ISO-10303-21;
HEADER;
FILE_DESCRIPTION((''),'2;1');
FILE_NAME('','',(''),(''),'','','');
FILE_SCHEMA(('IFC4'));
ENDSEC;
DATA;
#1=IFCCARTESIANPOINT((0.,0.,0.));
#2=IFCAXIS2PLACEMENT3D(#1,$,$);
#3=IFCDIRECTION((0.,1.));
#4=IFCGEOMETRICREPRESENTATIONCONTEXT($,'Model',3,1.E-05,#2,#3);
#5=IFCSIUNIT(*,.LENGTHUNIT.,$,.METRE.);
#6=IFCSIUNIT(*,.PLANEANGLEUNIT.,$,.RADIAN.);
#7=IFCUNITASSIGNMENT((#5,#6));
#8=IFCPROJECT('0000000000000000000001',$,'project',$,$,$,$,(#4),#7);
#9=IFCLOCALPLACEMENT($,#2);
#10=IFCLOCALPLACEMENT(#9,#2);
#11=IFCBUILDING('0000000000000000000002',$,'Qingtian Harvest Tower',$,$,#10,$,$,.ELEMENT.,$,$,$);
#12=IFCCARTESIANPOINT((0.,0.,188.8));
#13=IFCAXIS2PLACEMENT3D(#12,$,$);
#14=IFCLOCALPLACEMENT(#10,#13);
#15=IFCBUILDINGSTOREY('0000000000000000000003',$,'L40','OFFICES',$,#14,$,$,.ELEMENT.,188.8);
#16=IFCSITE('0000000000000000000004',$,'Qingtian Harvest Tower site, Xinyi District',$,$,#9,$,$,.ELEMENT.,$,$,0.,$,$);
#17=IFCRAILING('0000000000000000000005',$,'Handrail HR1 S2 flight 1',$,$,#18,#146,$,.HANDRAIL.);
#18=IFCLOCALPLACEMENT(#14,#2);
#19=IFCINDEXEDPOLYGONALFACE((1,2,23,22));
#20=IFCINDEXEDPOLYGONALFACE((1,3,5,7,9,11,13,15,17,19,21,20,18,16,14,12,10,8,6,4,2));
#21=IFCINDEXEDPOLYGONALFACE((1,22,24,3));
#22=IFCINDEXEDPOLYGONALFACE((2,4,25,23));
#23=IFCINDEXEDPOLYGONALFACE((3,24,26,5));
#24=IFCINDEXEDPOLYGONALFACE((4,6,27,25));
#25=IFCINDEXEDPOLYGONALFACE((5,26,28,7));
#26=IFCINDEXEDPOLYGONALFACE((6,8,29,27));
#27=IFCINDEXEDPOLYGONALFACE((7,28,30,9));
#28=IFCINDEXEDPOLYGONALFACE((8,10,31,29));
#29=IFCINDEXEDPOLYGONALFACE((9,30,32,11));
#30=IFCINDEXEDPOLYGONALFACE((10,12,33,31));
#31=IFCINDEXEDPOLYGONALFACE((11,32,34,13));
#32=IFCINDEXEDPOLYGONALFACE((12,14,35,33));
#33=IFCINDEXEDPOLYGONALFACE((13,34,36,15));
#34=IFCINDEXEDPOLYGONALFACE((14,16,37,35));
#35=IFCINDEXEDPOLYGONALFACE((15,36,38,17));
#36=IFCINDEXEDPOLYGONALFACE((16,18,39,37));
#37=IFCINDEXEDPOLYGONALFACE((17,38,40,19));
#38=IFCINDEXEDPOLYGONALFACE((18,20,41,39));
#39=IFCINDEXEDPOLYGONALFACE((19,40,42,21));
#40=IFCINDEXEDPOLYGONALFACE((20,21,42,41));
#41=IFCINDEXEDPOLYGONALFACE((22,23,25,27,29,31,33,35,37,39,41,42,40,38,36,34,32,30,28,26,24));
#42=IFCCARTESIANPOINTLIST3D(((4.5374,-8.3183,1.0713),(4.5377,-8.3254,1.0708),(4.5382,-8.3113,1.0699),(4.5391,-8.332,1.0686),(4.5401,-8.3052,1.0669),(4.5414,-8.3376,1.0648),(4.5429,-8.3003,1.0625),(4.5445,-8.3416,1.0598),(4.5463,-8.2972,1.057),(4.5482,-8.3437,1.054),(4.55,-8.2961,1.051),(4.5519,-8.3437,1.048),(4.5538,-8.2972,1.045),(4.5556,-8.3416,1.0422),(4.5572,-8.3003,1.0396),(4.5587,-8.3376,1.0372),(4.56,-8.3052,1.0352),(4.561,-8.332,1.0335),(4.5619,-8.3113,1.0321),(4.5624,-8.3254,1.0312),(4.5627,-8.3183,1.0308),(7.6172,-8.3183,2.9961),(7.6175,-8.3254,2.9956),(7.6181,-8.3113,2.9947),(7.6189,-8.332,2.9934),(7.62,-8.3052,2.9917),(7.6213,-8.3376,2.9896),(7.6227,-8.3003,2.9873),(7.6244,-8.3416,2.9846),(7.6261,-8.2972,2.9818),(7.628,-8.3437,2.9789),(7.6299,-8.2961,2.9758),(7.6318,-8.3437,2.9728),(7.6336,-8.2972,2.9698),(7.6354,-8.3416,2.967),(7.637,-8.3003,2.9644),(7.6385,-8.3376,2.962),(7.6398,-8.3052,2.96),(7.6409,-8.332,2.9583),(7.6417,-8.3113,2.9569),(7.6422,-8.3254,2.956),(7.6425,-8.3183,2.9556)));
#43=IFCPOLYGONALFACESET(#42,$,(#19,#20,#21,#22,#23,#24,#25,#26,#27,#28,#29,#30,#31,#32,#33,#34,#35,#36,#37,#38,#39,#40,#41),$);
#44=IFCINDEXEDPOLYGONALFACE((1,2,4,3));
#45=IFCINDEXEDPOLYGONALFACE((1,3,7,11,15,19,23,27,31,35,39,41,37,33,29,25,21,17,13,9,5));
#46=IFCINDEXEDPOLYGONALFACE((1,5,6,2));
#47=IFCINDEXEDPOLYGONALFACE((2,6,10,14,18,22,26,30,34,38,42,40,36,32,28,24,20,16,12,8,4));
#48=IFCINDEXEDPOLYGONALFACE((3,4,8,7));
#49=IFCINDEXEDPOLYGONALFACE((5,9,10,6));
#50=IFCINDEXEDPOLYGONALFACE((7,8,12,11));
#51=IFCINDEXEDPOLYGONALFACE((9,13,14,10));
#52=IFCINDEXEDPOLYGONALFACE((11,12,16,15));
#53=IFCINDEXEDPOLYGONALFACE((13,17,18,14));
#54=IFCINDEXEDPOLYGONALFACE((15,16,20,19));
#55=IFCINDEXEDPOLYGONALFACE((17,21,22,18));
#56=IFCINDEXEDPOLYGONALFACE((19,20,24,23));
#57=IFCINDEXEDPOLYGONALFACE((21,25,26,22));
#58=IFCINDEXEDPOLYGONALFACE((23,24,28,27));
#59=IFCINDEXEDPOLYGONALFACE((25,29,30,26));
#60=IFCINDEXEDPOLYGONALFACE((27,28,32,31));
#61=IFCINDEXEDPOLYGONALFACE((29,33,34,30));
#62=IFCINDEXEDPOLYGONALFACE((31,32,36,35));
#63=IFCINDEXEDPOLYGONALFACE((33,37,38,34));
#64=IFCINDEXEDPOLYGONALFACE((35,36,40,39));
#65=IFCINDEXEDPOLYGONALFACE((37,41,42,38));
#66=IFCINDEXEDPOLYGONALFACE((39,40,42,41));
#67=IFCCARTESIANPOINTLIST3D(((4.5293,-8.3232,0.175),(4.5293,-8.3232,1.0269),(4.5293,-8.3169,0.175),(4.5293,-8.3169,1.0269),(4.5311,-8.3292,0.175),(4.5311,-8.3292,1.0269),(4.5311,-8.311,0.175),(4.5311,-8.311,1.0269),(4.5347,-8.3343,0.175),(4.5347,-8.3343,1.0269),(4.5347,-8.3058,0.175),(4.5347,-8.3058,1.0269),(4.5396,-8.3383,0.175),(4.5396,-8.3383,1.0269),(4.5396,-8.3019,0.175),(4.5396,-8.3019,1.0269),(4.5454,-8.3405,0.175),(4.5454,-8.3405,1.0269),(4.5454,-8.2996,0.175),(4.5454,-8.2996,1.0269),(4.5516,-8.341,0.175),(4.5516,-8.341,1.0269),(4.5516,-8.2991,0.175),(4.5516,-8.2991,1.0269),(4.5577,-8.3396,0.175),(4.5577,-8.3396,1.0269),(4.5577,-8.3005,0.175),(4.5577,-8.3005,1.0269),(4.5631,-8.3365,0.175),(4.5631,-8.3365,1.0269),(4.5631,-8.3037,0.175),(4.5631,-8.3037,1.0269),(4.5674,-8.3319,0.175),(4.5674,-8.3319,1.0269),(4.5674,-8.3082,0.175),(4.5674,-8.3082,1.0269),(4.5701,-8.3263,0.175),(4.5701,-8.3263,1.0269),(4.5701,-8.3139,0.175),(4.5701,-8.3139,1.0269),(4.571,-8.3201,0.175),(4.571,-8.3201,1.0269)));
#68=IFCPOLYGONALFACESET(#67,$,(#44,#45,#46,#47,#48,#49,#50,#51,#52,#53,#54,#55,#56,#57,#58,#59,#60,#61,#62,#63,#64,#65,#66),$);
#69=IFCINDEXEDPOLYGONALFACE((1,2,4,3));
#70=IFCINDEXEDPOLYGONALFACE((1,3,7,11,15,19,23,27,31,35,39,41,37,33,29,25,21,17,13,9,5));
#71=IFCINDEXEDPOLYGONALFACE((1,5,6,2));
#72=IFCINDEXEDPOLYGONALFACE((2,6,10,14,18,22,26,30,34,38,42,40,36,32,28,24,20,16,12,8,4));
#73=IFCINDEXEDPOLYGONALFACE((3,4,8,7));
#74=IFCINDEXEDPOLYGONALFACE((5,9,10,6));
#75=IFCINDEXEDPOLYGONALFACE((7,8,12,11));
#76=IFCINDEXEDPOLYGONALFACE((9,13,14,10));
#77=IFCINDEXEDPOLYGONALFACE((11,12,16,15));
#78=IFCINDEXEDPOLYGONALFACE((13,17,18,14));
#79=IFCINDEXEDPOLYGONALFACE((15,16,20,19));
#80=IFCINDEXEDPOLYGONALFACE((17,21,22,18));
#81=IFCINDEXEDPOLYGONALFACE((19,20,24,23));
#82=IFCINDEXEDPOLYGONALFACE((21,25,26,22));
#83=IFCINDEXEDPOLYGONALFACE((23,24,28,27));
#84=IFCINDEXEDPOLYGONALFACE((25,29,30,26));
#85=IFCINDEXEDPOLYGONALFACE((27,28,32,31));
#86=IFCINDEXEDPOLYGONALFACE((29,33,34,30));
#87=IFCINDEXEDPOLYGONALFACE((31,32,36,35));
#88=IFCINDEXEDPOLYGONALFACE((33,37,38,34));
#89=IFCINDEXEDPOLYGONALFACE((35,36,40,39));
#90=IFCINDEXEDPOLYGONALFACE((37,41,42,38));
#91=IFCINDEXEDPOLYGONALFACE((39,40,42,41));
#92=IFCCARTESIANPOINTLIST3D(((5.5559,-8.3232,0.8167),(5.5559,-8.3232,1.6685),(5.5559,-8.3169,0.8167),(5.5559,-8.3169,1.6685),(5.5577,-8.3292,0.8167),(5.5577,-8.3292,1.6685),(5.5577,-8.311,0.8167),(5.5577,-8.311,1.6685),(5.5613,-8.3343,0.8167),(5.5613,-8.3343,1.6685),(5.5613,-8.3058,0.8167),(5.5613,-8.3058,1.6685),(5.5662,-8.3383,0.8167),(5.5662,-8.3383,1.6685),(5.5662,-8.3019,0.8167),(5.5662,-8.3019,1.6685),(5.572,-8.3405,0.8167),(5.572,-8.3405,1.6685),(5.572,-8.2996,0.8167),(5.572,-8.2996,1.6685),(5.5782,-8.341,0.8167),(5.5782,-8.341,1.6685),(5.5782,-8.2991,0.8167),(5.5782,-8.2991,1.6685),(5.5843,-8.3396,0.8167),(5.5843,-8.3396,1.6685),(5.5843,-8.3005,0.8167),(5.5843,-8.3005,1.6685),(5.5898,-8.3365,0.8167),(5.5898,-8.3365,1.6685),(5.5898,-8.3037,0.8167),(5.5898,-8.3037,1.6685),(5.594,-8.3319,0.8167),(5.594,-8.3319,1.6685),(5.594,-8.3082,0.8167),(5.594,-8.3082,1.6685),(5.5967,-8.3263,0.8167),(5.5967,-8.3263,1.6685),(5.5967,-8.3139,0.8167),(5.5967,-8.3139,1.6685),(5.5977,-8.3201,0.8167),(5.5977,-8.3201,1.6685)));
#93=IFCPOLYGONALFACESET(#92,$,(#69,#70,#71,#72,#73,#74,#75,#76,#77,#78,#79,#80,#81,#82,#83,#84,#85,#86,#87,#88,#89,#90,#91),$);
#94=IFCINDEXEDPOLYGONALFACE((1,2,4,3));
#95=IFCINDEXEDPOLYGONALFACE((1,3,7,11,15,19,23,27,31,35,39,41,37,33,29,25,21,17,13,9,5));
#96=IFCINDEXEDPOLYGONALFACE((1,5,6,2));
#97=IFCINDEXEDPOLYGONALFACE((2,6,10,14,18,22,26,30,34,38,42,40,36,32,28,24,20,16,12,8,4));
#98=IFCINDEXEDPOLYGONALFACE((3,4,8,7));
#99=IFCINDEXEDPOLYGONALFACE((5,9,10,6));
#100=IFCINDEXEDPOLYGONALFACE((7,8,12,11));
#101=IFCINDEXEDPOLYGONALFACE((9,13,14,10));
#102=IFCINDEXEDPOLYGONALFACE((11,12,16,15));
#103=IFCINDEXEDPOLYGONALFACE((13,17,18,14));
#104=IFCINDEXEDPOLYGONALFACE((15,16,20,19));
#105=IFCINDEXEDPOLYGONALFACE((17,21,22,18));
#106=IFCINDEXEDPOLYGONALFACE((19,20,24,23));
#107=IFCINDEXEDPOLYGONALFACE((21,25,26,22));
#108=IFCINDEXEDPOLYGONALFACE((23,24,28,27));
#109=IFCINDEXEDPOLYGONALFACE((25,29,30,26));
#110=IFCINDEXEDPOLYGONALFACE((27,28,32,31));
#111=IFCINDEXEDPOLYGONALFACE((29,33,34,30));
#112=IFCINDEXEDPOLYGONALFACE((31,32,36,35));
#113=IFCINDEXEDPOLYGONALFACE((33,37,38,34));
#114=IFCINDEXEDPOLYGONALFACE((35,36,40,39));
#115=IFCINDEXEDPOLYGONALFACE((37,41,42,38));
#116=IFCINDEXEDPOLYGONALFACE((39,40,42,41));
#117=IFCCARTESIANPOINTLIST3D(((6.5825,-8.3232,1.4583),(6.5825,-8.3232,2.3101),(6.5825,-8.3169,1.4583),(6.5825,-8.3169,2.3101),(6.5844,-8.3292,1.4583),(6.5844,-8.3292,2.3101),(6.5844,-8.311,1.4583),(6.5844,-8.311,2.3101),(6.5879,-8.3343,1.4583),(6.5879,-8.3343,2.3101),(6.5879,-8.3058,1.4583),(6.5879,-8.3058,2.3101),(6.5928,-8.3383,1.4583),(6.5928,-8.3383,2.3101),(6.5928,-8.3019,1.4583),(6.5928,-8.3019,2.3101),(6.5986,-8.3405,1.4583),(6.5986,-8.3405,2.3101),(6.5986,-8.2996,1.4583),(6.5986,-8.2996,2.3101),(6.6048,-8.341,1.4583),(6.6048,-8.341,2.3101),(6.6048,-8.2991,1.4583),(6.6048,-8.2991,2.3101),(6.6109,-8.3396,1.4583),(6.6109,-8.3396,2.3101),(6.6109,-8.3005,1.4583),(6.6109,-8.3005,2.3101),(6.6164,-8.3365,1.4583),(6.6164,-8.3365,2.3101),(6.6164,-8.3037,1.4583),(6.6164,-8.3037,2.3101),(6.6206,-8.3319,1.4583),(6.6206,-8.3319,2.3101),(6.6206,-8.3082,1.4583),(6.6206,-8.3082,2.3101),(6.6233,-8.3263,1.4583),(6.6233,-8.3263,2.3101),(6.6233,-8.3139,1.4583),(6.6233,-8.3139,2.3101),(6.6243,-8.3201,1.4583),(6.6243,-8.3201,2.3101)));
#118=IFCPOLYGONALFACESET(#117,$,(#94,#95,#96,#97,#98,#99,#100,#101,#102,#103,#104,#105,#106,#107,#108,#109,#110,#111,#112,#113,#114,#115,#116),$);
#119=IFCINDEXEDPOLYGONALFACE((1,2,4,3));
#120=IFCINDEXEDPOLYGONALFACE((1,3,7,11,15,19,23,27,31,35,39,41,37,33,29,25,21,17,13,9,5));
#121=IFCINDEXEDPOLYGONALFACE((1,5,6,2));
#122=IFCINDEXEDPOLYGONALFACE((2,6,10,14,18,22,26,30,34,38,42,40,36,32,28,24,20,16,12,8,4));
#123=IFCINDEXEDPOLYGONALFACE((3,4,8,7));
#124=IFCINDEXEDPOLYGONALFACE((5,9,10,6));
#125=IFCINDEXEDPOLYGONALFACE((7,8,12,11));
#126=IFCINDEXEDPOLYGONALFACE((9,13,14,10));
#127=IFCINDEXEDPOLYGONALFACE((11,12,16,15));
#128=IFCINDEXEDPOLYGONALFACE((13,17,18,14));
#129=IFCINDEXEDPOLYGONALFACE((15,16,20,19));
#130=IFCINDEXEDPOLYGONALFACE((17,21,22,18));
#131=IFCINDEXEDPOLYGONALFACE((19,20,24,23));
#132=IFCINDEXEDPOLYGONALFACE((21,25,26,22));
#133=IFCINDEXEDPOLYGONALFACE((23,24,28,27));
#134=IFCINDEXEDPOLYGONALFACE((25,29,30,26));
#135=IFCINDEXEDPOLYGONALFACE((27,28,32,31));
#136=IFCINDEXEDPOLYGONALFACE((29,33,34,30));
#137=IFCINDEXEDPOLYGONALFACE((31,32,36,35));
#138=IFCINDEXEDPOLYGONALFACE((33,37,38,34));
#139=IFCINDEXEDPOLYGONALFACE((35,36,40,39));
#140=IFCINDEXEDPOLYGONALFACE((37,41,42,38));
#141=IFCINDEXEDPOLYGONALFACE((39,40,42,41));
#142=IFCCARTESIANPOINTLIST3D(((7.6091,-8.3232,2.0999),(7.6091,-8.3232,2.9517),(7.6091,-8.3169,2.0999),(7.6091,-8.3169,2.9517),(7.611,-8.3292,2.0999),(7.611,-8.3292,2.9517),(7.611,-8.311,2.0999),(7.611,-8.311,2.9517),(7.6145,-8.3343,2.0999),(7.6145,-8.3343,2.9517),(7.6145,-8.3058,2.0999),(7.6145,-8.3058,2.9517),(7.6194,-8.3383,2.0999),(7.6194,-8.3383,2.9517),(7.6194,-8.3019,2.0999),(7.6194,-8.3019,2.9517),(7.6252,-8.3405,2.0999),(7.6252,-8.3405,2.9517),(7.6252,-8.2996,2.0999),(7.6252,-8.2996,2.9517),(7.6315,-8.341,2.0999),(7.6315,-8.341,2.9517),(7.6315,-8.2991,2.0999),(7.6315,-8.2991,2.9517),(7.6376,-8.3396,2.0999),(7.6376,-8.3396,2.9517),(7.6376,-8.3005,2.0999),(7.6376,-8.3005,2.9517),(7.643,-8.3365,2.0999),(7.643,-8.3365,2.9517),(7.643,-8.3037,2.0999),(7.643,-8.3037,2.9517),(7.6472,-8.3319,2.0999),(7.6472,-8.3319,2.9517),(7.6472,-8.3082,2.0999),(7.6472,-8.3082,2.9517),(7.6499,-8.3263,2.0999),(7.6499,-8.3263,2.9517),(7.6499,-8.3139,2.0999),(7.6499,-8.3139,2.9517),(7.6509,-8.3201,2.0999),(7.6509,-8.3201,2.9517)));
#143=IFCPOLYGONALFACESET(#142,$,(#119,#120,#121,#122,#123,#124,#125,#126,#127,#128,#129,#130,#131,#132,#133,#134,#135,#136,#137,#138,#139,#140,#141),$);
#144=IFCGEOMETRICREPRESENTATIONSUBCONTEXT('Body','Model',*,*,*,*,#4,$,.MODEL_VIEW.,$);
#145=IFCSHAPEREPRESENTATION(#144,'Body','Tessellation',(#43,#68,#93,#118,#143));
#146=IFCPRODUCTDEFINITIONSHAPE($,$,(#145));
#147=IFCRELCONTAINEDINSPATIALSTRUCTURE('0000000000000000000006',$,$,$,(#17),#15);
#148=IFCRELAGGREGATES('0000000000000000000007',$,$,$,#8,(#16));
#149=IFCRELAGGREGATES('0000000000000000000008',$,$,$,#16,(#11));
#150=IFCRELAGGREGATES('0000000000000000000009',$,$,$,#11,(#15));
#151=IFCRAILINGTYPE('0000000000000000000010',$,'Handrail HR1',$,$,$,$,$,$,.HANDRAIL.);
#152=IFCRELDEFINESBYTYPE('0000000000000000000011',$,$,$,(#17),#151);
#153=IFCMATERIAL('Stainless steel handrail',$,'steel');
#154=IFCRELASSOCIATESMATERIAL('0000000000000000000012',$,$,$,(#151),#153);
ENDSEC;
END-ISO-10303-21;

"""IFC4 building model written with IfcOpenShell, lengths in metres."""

from ifc_helpers import new_model, si_unit, direction, frame, origin, origin_2d, place, context, subcontext, project, spatial, circle, extrude, material, type_object, element, save


model = new_model("IFC4")

# Units and contexts
model_context = context("Model", 3, precision=1e-05, world=origin(), true_north=direction((0.0, 1.0)))
body_context = subcontext(model_context, "Body", "Model", "MODEL_VIEW")
ifc_project = project(units=[si_unit("LENGTHUNIT", "METRE"), si_unit("PLANEANGLEUNIT", "RADIAN")], contexts=[model_context])

# Site, building, storey
site_placement = place(None, origin())
site = spatial("IfcSite", under=ifc_project, at=site_placement, Name="Qingtian Harvest Tower site, Xinyi District", CompositionType="ELEMENT", RefElevation=0.0)
building_placement = place(site_placement, origin())
building = spatial("IfcBuilding", under=site, at=building_placement, Name="Qingtian Harvest Tower", CompositionType="ELEMENT")
storey_placement = place(building_placement, frame((0.0, 0.0, 188.8)))
storey = spatial("IfcBuildingStorey", under=building, at=storey_placement, Name="L40", Description="OFFICES", CompositionType="ELEMENT", Elevation=188.8)

# Railing
ifc_material_1 = material(Name="Stainless steel handrail", Category="steel")
railing_type = type_object("IfcRailingType", Name="Handrail HR1", PredefinedType="HANDRAIL", material=ifc_material_1)
railing_1_placement = place(storey_placement, frame((4.55, -8.3201, 0.175)))
element("IfcRailing", 1, at=railing_1_placement, inside=storey, type_object=railing_type, Name="Handrail HR1 S2 flight 1", PredefinedType="HANDRAIL", context=body_context, shape_type="SweptSolid", body=[
    extrude(circle(Radius=0.0239, at=origin_2d()), frame((0.0, 0.0, 0.876), z_axis=(0.84801, 0.0, 0.529981), x_axis=(0.0, 1.0, 0.0)), (0.0, 0.0, 1.0), 3.6318),
    extrude(circle(Radius=0.021, at=origin_2d()), origin(), (0.0, 0.0, 1.0), 0.8518),
    extrude(circle(Radius=0.021, at=origin_2d()), frame((1.0266, 0.0, 0.6416)), (0.0, 0.0, 1.0), 0.8518),
    extrude(circle(Radius=0.021, at=origin_2d()), frame((2.0532, 0.0, 1.2832)), (0.0, 0.0, 1.0), 0.8518),
    extrude(circle(Radius=0.021, at=origin_2d()), frame((3.0798, 0.0, 1.9248)), (0.0, 0.0, 1.0), 0.8518),
])

save(model, "model.ifc")
